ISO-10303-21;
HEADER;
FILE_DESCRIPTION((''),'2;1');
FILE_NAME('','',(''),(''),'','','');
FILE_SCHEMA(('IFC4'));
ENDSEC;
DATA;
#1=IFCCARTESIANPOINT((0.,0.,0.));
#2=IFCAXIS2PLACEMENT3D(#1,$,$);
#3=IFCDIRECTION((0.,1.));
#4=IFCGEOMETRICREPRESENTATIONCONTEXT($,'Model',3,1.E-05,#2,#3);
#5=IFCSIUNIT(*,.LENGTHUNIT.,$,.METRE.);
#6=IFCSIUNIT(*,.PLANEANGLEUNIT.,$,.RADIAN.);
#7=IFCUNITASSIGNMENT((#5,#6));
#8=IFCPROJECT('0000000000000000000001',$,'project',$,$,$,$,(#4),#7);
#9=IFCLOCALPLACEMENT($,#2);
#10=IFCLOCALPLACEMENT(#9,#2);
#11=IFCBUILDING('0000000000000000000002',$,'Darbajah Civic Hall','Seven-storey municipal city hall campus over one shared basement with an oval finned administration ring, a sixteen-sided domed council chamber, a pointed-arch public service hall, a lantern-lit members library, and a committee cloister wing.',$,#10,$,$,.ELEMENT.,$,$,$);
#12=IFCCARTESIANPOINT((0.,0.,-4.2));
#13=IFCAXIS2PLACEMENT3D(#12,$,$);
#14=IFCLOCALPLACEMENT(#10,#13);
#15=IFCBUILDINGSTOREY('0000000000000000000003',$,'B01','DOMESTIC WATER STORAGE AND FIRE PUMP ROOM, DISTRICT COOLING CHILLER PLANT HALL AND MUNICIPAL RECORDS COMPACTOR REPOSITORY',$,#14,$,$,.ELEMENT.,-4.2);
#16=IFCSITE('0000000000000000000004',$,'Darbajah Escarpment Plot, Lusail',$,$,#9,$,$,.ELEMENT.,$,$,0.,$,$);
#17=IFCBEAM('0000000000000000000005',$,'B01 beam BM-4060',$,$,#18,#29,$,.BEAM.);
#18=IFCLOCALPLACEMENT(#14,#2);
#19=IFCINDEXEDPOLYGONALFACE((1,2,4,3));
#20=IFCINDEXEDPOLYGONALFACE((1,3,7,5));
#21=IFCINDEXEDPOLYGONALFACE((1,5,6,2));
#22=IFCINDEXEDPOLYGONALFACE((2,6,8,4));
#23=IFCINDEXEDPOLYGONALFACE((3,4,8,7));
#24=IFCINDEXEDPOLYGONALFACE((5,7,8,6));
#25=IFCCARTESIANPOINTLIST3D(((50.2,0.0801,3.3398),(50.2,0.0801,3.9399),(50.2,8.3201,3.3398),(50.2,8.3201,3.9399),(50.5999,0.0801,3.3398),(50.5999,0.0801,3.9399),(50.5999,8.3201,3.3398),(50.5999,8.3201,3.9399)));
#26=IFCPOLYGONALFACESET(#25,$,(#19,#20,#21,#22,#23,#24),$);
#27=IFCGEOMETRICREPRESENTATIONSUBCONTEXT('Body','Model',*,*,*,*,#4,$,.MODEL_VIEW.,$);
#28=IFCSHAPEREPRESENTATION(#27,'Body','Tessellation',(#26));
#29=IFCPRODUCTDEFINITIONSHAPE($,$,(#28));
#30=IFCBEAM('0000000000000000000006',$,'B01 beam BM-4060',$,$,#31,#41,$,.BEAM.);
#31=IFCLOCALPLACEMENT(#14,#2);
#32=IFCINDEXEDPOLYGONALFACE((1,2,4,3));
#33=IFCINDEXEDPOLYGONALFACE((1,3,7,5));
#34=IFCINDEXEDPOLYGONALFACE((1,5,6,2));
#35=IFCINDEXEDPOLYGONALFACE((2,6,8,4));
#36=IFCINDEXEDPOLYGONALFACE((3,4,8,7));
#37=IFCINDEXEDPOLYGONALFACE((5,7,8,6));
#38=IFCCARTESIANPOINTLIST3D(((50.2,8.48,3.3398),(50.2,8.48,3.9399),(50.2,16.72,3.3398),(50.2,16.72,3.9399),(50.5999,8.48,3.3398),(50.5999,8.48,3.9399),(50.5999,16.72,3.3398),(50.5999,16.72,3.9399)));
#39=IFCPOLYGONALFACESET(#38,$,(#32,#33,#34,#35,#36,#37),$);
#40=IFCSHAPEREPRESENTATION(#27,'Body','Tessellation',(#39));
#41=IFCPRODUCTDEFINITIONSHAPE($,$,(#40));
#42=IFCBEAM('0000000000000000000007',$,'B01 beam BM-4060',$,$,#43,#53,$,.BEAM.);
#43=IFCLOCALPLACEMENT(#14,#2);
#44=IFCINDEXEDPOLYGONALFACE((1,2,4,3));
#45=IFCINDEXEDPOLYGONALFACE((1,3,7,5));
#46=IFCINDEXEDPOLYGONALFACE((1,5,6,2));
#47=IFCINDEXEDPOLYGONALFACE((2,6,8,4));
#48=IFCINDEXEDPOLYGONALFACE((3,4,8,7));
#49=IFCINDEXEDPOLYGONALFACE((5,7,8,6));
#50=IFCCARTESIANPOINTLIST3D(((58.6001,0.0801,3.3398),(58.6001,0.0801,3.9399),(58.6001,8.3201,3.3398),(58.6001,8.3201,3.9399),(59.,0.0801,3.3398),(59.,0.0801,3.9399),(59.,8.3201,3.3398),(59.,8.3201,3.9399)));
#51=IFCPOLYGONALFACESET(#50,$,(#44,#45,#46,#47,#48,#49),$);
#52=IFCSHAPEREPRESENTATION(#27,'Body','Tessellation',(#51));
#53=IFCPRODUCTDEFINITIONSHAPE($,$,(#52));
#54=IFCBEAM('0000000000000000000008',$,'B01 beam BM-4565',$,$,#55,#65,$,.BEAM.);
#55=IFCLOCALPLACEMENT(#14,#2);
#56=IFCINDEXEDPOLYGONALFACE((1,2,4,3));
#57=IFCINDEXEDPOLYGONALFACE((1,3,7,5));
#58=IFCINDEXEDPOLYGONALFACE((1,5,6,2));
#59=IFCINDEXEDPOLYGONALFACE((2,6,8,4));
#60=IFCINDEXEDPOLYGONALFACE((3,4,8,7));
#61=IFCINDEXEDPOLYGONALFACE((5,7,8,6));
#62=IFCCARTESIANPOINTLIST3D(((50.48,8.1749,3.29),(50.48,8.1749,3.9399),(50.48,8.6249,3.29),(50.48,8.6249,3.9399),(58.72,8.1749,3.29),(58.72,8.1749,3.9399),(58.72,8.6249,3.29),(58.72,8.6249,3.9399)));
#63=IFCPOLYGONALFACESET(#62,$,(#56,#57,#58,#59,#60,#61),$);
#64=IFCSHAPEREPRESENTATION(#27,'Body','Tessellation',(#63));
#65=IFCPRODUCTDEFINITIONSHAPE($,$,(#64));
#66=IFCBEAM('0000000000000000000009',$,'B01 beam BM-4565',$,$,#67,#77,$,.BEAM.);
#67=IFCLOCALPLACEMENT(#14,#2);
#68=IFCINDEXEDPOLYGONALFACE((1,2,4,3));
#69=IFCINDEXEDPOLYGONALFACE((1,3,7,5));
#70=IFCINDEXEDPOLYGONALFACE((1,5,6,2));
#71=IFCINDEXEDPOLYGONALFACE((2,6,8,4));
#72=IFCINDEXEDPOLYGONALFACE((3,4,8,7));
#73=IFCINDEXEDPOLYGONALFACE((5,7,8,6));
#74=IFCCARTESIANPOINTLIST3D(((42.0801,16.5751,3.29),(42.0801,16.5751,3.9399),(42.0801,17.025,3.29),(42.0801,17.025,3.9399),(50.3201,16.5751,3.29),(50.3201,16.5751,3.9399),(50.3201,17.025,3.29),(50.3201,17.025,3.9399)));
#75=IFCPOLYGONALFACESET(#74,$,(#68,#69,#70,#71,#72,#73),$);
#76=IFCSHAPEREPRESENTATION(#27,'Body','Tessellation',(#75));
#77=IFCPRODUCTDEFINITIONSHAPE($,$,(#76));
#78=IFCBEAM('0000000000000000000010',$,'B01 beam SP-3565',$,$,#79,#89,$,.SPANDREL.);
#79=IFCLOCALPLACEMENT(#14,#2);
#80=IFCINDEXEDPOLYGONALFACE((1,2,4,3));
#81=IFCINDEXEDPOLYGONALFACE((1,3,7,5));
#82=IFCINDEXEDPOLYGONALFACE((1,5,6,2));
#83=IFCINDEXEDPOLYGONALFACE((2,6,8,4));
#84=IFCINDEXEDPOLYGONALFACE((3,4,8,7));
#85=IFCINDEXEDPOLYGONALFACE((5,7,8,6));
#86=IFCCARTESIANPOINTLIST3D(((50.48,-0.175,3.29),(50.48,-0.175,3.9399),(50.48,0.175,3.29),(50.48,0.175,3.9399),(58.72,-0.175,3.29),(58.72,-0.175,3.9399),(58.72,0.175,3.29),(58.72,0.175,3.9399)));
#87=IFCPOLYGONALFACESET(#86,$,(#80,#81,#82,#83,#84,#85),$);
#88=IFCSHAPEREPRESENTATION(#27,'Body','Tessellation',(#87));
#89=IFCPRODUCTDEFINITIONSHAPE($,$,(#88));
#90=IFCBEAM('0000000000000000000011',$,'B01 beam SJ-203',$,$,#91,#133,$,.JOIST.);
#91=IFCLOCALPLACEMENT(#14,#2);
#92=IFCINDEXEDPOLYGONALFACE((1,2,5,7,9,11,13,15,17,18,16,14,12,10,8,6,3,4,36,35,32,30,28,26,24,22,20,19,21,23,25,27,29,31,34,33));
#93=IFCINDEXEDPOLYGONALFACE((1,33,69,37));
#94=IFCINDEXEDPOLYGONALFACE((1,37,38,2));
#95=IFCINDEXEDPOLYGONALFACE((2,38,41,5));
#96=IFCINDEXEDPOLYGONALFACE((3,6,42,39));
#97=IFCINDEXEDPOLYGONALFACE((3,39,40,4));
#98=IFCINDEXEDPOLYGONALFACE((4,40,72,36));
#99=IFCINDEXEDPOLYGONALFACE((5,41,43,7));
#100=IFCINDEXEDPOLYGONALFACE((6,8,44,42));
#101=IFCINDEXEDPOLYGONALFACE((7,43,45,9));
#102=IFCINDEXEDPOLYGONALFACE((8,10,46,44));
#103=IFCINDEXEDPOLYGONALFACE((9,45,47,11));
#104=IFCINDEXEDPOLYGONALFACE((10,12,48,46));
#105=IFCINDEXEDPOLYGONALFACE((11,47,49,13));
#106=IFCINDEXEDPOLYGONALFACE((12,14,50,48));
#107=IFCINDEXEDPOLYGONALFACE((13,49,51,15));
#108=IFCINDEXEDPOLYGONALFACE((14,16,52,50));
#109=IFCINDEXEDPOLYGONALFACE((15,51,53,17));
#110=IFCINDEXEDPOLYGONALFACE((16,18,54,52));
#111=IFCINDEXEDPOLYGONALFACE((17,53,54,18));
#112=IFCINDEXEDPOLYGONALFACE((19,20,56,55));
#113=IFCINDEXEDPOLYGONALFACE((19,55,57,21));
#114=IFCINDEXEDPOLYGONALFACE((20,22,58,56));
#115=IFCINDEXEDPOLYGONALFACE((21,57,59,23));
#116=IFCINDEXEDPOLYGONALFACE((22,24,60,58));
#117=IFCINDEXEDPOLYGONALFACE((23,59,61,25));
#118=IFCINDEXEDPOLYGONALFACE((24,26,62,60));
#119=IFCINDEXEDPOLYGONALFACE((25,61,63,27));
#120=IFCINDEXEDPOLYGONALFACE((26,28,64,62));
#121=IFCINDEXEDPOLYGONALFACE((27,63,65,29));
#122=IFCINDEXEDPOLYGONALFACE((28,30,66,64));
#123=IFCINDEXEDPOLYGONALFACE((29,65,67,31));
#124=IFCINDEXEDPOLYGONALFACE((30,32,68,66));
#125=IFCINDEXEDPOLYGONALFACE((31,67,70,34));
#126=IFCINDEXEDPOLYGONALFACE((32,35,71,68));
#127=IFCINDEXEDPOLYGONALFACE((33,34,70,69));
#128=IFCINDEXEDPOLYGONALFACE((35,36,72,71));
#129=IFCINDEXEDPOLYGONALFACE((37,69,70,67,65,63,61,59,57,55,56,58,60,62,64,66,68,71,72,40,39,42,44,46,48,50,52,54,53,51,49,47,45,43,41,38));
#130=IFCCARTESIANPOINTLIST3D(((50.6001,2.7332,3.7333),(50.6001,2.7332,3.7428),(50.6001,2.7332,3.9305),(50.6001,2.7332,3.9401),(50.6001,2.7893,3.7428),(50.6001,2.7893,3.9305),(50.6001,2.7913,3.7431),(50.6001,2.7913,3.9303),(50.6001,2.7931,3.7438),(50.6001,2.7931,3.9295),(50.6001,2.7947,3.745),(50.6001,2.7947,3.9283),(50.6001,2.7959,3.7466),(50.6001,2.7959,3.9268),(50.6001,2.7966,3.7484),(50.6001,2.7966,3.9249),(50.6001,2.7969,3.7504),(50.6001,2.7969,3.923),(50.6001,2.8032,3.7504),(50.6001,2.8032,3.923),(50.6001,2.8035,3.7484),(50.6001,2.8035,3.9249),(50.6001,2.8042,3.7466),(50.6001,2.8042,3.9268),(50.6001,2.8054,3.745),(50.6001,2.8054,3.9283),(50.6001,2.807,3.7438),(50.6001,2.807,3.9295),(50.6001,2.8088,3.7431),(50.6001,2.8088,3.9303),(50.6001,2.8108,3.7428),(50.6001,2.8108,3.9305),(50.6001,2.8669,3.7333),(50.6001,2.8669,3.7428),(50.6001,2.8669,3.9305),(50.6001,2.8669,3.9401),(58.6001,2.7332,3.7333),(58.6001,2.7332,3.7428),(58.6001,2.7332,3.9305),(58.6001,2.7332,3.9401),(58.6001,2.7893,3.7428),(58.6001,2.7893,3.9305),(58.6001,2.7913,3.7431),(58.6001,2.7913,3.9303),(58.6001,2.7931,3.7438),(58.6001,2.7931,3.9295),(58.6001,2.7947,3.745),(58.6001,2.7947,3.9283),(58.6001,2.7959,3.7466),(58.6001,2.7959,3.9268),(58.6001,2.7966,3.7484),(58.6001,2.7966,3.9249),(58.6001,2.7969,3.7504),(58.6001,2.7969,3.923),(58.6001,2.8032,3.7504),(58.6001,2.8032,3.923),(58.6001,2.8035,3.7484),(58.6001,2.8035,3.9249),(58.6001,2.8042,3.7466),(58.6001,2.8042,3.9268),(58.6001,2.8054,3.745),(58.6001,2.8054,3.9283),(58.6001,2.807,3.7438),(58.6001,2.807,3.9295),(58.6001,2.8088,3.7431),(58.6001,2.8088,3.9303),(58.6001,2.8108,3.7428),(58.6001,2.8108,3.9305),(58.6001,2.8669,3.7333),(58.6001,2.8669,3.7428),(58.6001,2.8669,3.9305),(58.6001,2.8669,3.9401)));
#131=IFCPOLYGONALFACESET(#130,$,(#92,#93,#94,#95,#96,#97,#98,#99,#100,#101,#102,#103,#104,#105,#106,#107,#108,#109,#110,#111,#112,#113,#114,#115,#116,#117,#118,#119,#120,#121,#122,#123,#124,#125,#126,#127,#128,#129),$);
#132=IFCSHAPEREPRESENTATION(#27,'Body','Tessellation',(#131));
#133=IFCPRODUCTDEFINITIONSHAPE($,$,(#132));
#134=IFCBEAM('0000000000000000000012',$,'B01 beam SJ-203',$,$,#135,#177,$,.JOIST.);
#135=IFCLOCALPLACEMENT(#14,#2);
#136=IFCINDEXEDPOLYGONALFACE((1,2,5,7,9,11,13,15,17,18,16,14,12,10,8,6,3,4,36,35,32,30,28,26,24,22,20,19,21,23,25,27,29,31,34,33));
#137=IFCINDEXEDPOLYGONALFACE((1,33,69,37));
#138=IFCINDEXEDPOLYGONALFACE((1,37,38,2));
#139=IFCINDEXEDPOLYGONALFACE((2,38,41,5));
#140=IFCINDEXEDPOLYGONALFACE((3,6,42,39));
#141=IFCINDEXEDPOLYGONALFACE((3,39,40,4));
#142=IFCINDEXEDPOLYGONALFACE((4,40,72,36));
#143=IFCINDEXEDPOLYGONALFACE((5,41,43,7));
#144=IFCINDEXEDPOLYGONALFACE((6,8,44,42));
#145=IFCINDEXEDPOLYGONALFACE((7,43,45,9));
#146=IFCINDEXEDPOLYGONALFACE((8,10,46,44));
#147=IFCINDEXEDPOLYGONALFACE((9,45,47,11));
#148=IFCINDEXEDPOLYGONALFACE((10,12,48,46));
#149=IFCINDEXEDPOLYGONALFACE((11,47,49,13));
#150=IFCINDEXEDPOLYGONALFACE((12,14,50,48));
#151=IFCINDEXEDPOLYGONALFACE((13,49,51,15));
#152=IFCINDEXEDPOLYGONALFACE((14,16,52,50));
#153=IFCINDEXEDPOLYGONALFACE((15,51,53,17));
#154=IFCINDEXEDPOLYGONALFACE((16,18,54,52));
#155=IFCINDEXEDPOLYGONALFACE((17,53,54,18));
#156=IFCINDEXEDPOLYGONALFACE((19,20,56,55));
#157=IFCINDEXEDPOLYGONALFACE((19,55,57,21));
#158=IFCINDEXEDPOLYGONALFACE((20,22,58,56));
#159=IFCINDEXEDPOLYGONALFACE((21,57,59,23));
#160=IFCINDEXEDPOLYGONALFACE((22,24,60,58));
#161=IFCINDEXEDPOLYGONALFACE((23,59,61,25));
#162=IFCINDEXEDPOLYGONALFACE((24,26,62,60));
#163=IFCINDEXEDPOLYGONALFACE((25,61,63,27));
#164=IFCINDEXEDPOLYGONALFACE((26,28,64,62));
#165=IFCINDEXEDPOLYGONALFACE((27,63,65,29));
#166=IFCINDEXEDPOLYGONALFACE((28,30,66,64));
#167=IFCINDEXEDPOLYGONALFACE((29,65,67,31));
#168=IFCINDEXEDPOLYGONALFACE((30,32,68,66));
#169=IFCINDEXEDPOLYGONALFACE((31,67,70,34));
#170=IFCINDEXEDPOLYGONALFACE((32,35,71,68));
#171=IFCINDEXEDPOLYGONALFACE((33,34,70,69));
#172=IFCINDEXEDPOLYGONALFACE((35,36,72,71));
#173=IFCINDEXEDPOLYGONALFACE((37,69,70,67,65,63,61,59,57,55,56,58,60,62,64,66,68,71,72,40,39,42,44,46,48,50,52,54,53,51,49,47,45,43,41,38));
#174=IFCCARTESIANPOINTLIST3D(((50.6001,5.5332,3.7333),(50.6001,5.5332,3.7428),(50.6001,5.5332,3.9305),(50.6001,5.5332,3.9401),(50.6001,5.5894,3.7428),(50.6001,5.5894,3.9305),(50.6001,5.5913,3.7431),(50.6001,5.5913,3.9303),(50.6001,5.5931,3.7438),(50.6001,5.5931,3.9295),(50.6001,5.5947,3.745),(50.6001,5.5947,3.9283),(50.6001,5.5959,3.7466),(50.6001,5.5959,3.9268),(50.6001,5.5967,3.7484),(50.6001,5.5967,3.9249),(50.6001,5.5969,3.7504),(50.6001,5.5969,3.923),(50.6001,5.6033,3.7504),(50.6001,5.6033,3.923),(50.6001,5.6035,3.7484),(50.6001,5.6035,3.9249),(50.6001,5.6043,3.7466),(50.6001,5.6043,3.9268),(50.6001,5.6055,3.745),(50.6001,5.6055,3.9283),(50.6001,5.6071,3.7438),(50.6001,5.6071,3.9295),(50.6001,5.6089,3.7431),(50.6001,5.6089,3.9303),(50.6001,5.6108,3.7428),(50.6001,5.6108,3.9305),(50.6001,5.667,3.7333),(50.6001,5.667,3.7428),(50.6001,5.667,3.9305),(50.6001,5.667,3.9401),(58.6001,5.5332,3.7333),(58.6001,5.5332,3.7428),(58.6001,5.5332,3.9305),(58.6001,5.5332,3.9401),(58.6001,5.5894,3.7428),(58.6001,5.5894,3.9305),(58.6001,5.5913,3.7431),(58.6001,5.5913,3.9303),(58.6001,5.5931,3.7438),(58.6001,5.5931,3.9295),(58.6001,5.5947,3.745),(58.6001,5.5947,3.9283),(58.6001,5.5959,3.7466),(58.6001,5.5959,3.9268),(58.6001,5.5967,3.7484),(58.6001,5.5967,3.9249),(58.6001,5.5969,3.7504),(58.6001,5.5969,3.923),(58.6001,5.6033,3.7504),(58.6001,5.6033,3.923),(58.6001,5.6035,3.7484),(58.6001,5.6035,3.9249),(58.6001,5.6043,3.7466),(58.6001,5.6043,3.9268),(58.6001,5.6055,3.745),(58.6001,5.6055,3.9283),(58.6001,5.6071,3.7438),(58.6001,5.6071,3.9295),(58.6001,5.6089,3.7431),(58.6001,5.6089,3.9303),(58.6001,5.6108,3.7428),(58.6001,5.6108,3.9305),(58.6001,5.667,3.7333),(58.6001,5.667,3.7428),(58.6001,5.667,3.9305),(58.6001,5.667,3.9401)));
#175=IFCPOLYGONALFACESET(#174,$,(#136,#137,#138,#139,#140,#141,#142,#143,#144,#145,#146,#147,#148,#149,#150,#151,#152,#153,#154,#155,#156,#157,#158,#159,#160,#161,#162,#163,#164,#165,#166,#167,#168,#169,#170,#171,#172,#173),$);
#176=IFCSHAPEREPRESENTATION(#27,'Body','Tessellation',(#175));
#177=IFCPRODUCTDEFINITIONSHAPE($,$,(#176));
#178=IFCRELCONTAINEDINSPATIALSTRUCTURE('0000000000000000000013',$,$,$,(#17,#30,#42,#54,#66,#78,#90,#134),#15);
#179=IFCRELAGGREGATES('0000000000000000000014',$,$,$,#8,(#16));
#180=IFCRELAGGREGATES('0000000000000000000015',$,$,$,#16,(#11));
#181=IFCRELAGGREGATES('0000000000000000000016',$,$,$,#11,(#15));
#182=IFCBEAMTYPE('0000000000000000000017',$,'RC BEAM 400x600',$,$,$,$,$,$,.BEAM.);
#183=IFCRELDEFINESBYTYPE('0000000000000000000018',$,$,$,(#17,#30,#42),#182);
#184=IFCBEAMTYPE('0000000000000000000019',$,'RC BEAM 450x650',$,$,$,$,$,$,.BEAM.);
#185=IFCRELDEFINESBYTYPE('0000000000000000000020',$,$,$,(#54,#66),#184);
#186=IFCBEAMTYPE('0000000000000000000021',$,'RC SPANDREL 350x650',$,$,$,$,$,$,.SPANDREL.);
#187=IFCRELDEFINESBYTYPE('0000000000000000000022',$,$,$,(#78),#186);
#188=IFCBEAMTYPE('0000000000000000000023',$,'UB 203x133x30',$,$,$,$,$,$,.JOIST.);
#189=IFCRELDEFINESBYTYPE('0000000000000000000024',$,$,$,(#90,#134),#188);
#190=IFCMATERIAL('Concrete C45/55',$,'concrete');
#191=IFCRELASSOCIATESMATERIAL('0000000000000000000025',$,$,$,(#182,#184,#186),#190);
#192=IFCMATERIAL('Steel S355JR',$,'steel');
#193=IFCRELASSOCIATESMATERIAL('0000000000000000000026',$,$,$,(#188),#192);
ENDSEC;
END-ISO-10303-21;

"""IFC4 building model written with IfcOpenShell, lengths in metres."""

from ifc_helpers import new_model, si_unit, direction, frame, origin, origin_2d, place, context, subcontext, project, spatial, rectangle, i_section, extrude, material, material_profile, profile_set, type_object, element, save


model = new_model("IFC4")

# Units and contexts
model_context = context("Model", 3, precision=1e-05, world=origin(), true_north=direction((0.0, 1.0)))
body_context = subcontext(model_context, "Body", "Model", "MODEL_VIEW")
ifc_project = project(units=[si_unit("LENGTHUNIT", "METRE"), si_unit("PLANEANGLEUNIT", "RADIAN")], contexts=[model_context])

# Site, building, storey
site_placement = place(None, origin())
site = spatial("IfcSite", under=ifc_project, at=site_placement, Name="Darbajah Escarpment Plot, Lusail", CompositionType="ELEMENT", RefElevation=0.0)
building_placement = place(site_placement, origin())
building = spatial("IfcBuilding", under=site, at=building_placement, Name="Darbajah Civic Hall", Description="Seven-storey municipal city hall campus over one shared basement with an oval finned administration ring, a sixteen-sided domed council chamber, a pointed-arch public service hall, a lantern-lit members library, and a committee cloister wing.", CompositionType="ELEMENT")
storey_placement = place(building_placement, frame((0.0, 0.0, -4.2)))
storey = spatial("IfcBuildingStorey", under=building, at=storey_placement, Name="B01", Description="DOMESTIC WATER STORAGE AND FIRE PUMP ROOM, DISTRICT COOLING CHILLER PLANT HALL AND MUNICIPAL RECORDS COMPACTOR REPOSITORY", CompositionType="ELEMENT", Elevation=-4.2)

# Shared definitions
ifc_material_1 = material(Name="Concrete C45/55", Category="concrete")

# Beams
ifc_material_profile_1 = material_profile(ifc_material_1, rectangle(XDim=0.3999, YDim=0.6001, at=origin_2d()), Name="RC BEAM 400x600")
ifc_profile_set_1 = profile_set([ifc_material_profile_1], Name="Concrete C45/55")
beam_type_1 = type_object("IfcBeamType", Name="RC BEAM 400x600", PredefinedType="BEAM", material=ifc_profile_set_1)
for number, where, z_axis, x_axis, name in (
    (1, (50.3999, 0.0801, 3.6399), (0.0, 1.0, 0.0), (-1.0, 0.0, 0.0), "B01 beam BM-4060"),
    (2, (50.3999, 8.48, 3.6399), (0.0, 1.0, 0.0), (-1.0, 0.0, 0.0), "B01 beam BM-4060"),
    (3, (58.8, 0.0801, 3.6399), (0.0, 1.0, 0.0), (-1.0, 0.0, 0.0), "B01 beam BM-4060"),
):
    element("IfcBeam", number, at=place(storey_placement, frame(where, z_axis=z_axis, x_axis=x_axis)), inside=storey, type_object=beam_type_1, Name=name, PredefinedType="BEAM", context=body_context, shape_type="SweptSolid", body=[
        extrude(rectangle(XDim=0.3999, YDim=0.6001, at=origin_2d()), origin(), (0.0, 0.0, 1.0), 8.24),
    ])
ifc_material_profile_2 = material_profile(ifc_material_1, rectangle(XDim=0.45, YDim=0.6499, at=origin_2d()), Name="RC BEAM 450x650")
ifc_profile_set_2 = profile_set([ifc_material_profile_2], Name="Concrete C45/55")
beam_type_2 = type_object("IfcBeamType", Name="RC BEAM 450x650", PredefinedType="BEAM", material=ifc_profile_set_2)
for number, where, z_axis, x_axis, name in (
    (4, (50.48, 8.3999, 3.615), (1.0, 0.0, 0.0), (0.0, 1.0, 0.0), "B01 beam BM-4565"),
    (5, (42.0801, 16.8, 3.615), (1.0, 0.0, 0.0), (0.0, 1.0, 0.0), "B01 beam BM-4565"),
):
    element("IfcBeam", number, at=place(storey_placement, frame(where, z_axis=z_axis, x_axis=x_axis)), inside=storey, type_object=beam_type_2, Name=name, PredefinedType="BEAM", context=body_context, shape_type="SweptSolid", body=[
        extrude(rectangle(XDim=0.45, YDim=0.6499, at=origin_2d()), origin(), (0.0, 0.0, 1.0), 8.24),
    ])
ifc_material_profile_3 = material_profile(ifc_material_1, rectangle(XDim=0.3501, YDim=0.6499, at=origin_2d()), Name="RC SPANDREL 350x650")
ifc_profile_set_3 = profile_set([ifc_material_profile_3], Name="Concrete C45/55")
beam_type_3 = type_object("IfcBeamType", Name="RC SPANDREL 350x650", PredefinedType="SPANDREL", material=ifc_profile_set_3)
beam_placement = place(storey_placement, frame((50.48, 0.0, 3.615), z_axis=(1.0, 0.0, 0.0), x_axis=(0.0, 1.0, 0.0)))
element("IfcBeam", 6, at=beam_placement, inside=storey, type_object=beam_type_3, Name="B01 beam SP-3565", PredefinedType="SPANDREL", context=body_context, shape_type="SweptSolid", body=[
    extrude(rectangle(XDim=0.3501, YDim=0.6499, at=origin_2d()), origin(), (0.0, 0.0, 1.0), 8.24),
])
ifc_material_2 = material(Name="Steel S355JR", Category="steel")
ifc_material_profile_4 = material_profile(ifc_material_2, i_section(OverallWidth=0.1338, OverallDepth=0.2068, WebThickness=0.0063, FlangeThickness=0.0095, FilletRadius=0.0076, at=origin_2d()), Name="UB 203x133x30")
ifc_profile_set_4 = profile_set([ifc_material_profile_4], Name="Steel S355JR")
beam_type_4 = type_object("IfcBeamType", Name="UB 203x133x30", PredefinedType="JOIST", material=ifc_profile_set_4)
for number, where, z_axis, x_axis, name in (
    (7, (50.6001, 2.8, 3.8367), (1.0, 0.0, 0.0), (0.0, 1.0, 0.0), "B01 beam SJ-203"),
    (8, (50.6001, 5.6001, 3.8367), (1.0, 0.0, 0.0), (0.0, 1.0, 0.0), "B01 beam SJ-203"),
):
    element("IfcBeam", number, at=place(storey_placement, frame(where, z_axis=z_axis, x_axis=x_axis)), inside=storey, type_object=beam_type_4, Name=name, PredefinedType="JOIST", context=body_context, shape_type="SweptSolid", body=[
        extrude(i_section(OverallWidth=0.1338, OverallDepth=0.2068, WebThickness=0.0063, FlangeThickness=0.0095, FilletRadius=0.0076, at=origin_2d()), origin(), (0.0, 0.0, 1.0), 8.0),
    ])

save(model, "model.ifc")
